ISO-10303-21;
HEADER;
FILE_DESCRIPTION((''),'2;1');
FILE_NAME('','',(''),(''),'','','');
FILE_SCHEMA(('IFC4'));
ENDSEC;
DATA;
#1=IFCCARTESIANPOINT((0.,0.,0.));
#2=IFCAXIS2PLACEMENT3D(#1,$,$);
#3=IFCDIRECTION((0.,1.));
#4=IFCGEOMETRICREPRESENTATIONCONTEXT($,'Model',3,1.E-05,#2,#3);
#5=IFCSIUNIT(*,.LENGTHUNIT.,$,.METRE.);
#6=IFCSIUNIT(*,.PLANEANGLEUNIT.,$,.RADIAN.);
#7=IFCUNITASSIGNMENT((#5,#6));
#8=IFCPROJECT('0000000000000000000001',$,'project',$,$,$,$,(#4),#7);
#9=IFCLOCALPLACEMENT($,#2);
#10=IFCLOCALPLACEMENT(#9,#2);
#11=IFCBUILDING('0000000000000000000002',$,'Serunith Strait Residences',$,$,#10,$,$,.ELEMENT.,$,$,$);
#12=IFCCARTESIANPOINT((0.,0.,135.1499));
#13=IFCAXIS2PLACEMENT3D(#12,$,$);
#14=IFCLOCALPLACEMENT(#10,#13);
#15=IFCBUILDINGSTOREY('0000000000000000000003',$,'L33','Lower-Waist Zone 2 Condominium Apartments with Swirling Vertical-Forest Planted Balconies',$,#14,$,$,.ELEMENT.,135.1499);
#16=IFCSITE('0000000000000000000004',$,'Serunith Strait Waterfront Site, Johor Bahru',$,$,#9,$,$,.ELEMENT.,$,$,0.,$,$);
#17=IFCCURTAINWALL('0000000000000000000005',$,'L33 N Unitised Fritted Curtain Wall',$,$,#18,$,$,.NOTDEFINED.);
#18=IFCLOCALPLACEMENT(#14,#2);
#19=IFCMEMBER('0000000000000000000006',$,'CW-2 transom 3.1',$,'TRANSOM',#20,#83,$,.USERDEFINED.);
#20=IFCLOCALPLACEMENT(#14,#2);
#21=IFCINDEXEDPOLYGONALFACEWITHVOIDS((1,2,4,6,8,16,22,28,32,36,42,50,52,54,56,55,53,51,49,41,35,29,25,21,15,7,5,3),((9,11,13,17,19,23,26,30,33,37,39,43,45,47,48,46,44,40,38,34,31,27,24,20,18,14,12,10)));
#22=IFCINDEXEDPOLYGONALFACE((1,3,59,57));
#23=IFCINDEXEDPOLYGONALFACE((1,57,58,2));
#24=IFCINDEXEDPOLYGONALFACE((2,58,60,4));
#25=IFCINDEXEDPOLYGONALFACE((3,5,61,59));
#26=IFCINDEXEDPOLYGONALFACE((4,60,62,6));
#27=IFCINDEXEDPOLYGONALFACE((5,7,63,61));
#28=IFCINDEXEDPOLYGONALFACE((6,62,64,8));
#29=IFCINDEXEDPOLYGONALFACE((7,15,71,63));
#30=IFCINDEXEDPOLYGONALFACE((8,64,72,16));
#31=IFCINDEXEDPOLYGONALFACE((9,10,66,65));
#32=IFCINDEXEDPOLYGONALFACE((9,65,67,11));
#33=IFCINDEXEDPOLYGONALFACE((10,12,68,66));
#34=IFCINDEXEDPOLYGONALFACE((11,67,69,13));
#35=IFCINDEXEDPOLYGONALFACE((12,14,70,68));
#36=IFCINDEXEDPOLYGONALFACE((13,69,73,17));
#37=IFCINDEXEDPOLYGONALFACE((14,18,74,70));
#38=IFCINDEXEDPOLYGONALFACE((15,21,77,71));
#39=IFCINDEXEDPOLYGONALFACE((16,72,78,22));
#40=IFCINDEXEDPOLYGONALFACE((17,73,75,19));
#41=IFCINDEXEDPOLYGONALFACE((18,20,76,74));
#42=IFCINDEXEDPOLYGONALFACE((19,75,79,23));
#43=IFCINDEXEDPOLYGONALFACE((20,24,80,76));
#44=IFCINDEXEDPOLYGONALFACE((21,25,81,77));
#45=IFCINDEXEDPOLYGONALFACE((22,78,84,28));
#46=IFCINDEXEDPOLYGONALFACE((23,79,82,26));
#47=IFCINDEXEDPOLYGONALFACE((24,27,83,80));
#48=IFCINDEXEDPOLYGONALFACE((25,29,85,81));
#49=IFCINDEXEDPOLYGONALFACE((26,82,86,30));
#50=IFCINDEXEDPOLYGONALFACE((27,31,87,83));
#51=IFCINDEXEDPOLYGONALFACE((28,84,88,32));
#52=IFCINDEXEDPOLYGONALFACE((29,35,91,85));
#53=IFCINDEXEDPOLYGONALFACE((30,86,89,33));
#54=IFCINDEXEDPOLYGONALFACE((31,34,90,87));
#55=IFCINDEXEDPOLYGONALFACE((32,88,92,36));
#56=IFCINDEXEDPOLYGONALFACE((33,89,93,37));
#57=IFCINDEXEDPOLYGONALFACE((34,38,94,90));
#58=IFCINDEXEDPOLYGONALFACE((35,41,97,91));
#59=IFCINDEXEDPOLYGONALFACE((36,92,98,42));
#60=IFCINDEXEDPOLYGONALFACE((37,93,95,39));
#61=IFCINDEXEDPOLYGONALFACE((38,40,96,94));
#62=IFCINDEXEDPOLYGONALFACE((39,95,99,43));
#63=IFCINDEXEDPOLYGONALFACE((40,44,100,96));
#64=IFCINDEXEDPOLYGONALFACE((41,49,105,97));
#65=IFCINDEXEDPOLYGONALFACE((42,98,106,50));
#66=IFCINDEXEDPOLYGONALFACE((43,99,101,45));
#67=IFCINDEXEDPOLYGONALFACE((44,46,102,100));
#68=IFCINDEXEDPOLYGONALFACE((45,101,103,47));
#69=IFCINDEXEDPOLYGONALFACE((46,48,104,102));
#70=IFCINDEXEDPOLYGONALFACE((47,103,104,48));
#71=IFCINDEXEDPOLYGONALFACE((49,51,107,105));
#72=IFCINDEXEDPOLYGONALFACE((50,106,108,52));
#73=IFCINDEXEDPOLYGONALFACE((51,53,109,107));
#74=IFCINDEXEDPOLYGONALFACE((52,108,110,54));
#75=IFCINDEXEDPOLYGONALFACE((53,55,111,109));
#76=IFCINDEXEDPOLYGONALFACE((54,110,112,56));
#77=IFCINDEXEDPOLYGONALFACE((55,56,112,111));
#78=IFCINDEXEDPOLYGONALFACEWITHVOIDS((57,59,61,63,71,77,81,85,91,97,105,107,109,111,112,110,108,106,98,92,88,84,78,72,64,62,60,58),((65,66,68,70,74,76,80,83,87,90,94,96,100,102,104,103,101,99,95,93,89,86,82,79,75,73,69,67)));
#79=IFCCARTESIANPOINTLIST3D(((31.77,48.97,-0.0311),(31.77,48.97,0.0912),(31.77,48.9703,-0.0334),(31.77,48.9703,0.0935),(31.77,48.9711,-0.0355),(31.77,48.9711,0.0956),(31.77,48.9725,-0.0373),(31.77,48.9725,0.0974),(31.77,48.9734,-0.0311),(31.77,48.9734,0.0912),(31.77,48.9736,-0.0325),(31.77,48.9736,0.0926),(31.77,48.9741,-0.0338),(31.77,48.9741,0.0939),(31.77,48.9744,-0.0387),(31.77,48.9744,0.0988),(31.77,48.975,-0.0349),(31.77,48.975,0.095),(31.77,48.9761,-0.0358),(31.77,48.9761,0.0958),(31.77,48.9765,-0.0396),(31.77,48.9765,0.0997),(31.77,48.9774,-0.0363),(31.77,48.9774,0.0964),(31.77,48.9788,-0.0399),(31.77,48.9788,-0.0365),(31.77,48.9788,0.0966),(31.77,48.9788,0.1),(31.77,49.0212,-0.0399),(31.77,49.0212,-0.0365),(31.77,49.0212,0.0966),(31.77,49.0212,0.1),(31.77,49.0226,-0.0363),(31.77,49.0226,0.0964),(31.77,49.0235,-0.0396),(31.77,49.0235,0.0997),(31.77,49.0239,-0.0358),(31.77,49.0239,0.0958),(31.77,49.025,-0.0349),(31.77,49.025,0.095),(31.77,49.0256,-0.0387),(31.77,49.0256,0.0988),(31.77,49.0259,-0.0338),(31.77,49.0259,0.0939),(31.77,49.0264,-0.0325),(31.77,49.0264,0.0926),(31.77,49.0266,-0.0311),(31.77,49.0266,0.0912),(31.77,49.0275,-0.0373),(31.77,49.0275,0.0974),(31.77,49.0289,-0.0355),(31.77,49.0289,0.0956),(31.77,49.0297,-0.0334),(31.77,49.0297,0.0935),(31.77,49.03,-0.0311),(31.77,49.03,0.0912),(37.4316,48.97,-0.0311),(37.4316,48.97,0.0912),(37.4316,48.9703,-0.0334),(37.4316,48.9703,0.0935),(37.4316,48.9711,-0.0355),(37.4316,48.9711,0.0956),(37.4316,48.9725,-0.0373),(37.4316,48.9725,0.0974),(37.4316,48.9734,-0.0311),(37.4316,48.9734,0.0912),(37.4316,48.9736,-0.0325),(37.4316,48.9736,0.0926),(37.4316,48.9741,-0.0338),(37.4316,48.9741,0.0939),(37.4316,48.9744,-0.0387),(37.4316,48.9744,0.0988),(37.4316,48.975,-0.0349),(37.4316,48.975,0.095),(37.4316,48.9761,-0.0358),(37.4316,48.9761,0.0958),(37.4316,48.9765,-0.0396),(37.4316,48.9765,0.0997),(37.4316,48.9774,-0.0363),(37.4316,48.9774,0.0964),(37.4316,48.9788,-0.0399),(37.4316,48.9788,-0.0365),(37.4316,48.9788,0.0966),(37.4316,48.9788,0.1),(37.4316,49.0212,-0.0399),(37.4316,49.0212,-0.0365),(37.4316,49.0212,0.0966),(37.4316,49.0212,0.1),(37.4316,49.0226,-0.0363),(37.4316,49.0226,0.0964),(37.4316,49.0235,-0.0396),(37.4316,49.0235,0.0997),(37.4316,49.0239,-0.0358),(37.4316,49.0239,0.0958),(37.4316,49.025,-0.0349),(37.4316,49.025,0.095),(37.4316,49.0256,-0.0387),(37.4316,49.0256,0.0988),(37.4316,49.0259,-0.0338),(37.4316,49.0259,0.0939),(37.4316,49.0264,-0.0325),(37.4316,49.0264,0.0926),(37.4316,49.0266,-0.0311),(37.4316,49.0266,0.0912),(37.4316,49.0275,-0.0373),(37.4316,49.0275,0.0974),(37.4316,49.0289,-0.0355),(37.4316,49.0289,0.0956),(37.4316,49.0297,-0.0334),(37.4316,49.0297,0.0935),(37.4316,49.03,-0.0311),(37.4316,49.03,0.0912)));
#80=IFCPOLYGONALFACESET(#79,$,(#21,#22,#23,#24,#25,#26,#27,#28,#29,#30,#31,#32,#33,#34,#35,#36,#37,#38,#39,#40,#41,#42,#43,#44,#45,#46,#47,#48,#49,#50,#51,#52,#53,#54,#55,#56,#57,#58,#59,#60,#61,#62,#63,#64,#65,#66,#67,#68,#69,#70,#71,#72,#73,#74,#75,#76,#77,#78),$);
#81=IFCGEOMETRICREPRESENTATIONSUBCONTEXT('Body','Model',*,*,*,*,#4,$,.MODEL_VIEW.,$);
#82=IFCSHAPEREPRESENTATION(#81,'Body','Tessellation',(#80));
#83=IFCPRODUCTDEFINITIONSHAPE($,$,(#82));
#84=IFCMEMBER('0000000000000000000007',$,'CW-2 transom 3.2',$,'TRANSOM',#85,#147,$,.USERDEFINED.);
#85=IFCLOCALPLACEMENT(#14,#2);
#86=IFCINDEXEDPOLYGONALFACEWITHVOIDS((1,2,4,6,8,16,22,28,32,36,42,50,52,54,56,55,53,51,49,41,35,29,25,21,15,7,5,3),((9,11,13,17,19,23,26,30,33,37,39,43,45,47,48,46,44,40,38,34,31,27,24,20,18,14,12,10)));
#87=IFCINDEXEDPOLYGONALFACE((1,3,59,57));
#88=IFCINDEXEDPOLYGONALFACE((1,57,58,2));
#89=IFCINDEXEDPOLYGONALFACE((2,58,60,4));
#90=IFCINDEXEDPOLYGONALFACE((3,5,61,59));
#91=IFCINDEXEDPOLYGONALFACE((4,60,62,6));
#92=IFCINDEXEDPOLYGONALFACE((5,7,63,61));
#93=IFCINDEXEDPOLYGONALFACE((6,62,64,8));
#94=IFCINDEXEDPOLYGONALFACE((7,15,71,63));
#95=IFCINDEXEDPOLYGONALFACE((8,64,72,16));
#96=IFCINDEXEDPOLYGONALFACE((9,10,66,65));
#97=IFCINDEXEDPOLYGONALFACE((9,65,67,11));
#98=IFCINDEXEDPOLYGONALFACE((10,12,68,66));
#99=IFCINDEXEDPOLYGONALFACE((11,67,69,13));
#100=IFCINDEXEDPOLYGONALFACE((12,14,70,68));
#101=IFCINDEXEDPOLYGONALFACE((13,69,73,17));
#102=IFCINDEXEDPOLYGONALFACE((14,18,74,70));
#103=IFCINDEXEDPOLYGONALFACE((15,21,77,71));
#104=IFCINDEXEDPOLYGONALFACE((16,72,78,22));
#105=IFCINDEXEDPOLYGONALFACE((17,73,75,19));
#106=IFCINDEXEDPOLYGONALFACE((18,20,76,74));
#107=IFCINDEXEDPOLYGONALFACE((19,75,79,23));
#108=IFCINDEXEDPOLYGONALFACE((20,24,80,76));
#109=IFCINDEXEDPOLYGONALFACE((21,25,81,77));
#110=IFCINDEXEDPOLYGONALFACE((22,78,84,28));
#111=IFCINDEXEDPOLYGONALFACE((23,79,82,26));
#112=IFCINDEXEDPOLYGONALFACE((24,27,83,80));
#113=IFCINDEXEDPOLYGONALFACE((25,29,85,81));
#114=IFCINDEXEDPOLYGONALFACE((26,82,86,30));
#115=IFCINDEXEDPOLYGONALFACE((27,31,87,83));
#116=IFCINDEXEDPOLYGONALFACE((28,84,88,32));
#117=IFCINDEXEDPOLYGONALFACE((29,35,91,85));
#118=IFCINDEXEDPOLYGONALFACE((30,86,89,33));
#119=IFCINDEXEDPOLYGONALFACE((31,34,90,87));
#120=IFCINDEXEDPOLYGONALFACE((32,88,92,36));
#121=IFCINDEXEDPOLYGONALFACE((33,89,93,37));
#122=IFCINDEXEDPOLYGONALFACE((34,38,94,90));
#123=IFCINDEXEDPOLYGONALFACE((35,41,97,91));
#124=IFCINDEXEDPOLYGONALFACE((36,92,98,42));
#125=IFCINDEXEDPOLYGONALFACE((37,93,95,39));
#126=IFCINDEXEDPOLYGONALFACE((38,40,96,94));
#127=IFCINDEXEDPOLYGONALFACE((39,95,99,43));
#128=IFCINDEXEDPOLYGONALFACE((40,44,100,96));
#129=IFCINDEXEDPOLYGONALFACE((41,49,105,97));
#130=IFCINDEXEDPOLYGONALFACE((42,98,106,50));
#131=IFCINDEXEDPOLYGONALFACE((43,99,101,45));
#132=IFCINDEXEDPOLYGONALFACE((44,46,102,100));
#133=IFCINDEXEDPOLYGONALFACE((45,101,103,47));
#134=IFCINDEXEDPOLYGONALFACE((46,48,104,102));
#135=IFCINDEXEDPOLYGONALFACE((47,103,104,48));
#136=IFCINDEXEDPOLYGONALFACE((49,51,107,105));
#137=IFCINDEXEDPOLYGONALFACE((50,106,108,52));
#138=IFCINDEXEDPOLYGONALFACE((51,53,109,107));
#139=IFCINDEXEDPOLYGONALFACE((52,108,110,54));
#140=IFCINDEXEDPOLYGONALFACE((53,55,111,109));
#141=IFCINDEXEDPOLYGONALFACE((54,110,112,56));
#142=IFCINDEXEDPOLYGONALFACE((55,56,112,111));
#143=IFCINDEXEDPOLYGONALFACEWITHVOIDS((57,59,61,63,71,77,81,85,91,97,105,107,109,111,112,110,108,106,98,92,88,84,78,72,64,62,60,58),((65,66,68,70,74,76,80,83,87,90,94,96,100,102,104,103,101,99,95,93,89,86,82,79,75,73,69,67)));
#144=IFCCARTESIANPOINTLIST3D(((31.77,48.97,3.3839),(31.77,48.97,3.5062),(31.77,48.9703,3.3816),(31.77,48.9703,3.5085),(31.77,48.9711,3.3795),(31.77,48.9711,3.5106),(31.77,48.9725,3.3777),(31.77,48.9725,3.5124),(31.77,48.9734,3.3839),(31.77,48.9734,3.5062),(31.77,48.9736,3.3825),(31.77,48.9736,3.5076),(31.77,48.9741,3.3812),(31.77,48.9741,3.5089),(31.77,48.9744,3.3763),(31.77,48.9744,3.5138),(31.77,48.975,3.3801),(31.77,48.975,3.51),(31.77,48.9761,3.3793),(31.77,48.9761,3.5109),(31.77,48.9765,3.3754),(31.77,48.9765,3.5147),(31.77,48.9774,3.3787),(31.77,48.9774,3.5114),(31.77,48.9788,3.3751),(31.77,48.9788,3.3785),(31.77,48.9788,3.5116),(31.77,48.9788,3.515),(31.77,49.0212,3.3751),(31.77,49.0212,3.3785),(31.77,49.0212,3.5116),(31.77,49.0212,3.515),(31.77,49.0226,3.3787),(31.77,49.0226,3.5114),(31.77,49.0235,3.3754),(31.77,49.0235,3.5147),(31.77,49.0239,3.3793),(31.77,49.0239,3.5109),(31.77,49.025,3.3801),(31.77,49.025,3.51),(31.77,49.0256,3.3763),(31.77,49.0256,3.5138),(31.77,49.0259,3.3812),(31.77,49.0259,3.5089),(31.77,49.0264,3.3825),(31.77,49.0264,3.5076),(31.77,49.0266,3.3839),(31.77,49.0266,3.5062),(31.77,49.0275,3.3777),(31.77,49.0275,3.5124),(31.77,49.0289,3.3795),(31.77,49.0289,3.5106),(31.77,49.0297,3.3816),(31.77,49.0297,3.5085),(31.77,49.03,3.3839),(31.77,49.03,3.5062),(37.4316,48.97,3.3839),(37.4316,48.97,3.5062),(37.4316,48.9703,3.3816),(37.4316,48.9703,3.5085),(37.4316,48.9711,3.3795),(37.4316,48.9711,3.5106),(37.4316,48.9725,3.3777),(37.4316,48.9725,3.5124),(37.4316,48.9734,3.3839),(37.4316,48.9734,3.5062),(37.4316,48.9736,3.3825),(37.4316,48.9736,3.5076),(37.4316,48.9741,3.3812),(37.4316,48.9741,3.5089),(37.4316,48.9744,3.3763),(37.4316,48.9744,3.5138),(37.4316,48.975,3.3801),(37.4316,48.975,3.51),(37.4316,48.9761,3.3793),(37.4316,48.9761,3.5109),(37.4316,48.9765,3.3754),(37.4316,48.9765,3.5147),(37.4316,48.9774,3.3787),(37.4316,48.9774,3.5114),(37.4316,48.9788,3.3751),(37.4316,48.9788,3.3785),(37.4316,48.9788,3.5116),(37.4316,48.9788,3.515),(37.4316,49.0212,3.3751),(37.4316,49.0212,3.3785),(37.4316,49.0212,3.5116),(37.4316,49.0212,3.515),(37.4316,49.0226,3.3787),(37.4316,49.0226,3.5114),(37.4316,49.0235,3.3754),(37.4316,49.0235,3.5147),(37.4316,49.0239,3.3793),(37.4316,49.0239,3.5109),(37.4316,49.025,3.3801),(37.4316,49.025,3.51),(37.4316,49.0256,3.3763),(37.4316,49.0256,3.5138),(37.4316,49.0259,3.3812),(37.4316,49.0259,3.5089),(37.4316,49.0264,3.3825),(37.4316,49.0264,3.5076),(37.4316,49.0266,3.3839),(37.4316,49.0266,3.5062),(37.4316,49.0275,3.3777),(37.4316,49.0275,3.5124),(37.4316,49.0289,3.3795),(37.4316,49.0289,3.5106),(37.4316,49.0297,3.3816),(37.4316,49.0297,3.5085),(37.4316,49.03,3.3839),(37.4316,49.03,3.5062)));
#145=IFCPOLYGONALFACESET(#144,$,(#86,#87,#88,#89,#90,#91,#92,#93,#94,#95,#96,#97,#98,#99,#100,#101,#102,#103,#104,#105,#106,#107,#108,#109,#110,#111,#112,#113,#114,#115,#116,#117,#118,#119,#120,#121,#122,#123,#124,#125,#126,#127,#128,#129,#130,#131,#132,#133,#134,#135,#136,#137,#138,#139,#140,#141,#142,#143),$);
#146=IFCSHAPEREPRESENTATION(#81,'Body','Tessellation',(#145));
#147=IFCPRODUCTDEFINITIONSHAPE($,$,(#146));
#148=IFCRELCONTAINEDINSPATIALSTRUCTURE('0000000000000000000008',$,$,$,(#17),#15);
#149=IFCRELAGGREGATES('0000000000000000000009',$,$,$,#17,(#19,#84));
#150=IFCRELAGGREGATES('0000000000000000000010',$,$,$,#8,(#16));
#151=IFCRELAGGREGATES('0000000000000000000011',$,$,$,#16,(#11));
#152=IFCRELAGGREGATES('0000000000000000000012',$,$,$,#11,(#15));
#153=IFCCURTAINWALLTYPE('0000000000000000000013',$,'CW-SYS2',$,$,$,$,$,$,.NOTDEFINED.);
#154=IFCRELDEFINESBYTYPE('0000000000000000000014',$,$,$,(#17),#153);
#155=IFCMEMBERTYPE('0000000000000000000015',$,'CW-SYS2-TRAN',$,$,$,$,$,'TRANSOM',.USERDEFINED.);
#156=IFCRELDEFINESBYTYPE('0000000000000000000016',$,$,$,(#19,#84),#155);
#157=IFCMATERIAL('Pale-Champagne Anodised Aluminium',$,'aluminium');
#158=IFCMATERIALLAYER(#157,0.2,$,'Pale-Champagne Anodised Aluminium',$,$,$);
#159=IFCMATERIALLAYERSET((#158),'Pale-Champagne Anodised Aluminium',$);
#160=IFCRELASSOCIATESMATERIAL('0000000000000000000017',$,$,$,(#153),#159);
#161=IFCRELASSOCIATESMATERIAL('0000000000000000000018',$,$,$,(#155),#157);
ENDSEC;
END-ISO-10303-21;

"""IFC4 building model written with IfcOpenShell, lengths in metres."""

from ifc_helpers import new_model, si_unit, direction, frame, origin, origin_2d, place, context, subcontext, project, spatial, hollow_rectangle, extrude, source, transform, mapped, material, layer, layer_set, material_profile, profile_set, type_object, element, aggregate, save


model = new_model("IFC4")

# Units and contexts
model_context = context("Model", 3, precision=1e-05, world=origin(), true_north=direction((0.0, 1.0)))
body_context = subcontext(model_context, "Body", "Model", "MODEL_VIEW")
ifc_project = project(units=[si_unit("LENGTHUNIT", "METRE"), si_unit("PLANEANGLEUNIT", "RADIAN")], contexts=[model_context])

# Site, building, storey
site_placement = place(None, origin())
site = spatial("IfcSite", under=ifc_project, at=site_placement, Name="Serunith Strait Waterfront Site, Johor Bahru", CompositionType="ELEMENT", RefElevation=0.0)
building_placement = place(site_placement, origin())
building = spatial("IfcBuilding", under=site, at=building_placement, Name="Serunith Strait Residences", CompositionType="ELEMENT")
storey_placement = place(building_placement, frame((0.0, 0.0, 135.1499)))
storey = spatial("IfcBuildingStorey", under=building, at=storey_placement, Name="L33", Description="Lower-Waist Zone 2 Condominium Apartments with Swirling Vertical-Forest Planted Balconies", CompositionType="ELEMENT", Elevation=135.1499)

# Curtain wall, members
ifc_material_1 = material(Name="Pale-Champagne Anodised Aluminium", Category="aluminium")
ifc_layer_1 = layer(ifc_material_1, 0.2, Name="Pale-Champagne Anodised Aluminium")
ifc_layer_set_1 = layer_set([ifc_layer_1], Name="Pale-Champagne Anodised Aluminium")
curtain_wall_type = type_object("IfcCurtainWallType", Name="CW-SYS2", PredefinedType="NOTDEFINED", material=ifc_layer_set_1)
curtain_wall_placement = place(storey_placement, origin())
curtain_wall = element("IfcCurtainWall", 1, at=curtain_wall_placement, inside=storey, type_object=curtain_wall_type, Name="L33 N Unitised Fritted Curtain Wall", PredefinedType="NOTDEFINED")
ifc_material_profile_1 = material_profile(ifc_material_1, hollow_rectangle(XDim=0.0601, YDim=0.1399, WallThickness=0.0034, InnerFilletRadius=0.0054, OuterFilletRadius=0.0088, at=origin_2d()), Name="ALU 140x60x3.5")
ifc_profile_set_1 = profile_set([ifc_material_profile_1], Name="Pale-Champagne Anodised Aluminium")
member_type_1 = type_object("IfcMemberType", Name="CW-SYS2-TRAN", ElementType="TRANSOM", PredefinedType="USERDEFINED", material=ifc_profile_set_1)
shared_shape_1 = source(origin(), body_context, "Body", "SweptSolid", [
    extrude(hollow_rectangle(XDim=0.0601, YDim=0.1399, WallThickness=0.0034, InnerFilletRadius=0.0054, OuterFilletRadius=0.0088, at=origin_2d()), origin(), (0.0, 0.0, 1.0), 5.6616),
])
member_1_placement = place(storey_placement, frame((37.4316, 49.0, 0.03), z_axis=(-1.0, 0.0, 0.0), x_axis=(0.0, -1.0, 0.0)))
member_1 = element("IfcMember", 2, at=member_1_placement, type_object=member_type_1, Name="CW-2 transom 3.1", ObjectType="TRANSOM", PredefinedType="USERDEFINED", context=body_context, shape_type="MappedRepresentation", body=[
    mapped(shared_shape_1, transform((0.0, 0.0, 0.0), scale=1.0)),
])
member_2_placement = place(storey_placement, frame((37.4316, 49.0, 3.4451), z_axis=(-1.0, 0.0, 0.0), x_axis=(0.0, -1.0, 0.0)))
member_2 = element("IfcMember", 3, at=member_2_placement, type_object=member_type_1, Name="CW-2 transom 3.2", ObjectType="TRANSOM", PredefinedType="USERDEFINED", context=body_context, shape_type="MappedRepresentation", body=[
    mapped(shared_shape_1, transform((0.0, 0.0, 0.0), scale=1.0)),
])
aggregate(curtain_wall, [member_1, member_2])

save(model, "model.ifc")
